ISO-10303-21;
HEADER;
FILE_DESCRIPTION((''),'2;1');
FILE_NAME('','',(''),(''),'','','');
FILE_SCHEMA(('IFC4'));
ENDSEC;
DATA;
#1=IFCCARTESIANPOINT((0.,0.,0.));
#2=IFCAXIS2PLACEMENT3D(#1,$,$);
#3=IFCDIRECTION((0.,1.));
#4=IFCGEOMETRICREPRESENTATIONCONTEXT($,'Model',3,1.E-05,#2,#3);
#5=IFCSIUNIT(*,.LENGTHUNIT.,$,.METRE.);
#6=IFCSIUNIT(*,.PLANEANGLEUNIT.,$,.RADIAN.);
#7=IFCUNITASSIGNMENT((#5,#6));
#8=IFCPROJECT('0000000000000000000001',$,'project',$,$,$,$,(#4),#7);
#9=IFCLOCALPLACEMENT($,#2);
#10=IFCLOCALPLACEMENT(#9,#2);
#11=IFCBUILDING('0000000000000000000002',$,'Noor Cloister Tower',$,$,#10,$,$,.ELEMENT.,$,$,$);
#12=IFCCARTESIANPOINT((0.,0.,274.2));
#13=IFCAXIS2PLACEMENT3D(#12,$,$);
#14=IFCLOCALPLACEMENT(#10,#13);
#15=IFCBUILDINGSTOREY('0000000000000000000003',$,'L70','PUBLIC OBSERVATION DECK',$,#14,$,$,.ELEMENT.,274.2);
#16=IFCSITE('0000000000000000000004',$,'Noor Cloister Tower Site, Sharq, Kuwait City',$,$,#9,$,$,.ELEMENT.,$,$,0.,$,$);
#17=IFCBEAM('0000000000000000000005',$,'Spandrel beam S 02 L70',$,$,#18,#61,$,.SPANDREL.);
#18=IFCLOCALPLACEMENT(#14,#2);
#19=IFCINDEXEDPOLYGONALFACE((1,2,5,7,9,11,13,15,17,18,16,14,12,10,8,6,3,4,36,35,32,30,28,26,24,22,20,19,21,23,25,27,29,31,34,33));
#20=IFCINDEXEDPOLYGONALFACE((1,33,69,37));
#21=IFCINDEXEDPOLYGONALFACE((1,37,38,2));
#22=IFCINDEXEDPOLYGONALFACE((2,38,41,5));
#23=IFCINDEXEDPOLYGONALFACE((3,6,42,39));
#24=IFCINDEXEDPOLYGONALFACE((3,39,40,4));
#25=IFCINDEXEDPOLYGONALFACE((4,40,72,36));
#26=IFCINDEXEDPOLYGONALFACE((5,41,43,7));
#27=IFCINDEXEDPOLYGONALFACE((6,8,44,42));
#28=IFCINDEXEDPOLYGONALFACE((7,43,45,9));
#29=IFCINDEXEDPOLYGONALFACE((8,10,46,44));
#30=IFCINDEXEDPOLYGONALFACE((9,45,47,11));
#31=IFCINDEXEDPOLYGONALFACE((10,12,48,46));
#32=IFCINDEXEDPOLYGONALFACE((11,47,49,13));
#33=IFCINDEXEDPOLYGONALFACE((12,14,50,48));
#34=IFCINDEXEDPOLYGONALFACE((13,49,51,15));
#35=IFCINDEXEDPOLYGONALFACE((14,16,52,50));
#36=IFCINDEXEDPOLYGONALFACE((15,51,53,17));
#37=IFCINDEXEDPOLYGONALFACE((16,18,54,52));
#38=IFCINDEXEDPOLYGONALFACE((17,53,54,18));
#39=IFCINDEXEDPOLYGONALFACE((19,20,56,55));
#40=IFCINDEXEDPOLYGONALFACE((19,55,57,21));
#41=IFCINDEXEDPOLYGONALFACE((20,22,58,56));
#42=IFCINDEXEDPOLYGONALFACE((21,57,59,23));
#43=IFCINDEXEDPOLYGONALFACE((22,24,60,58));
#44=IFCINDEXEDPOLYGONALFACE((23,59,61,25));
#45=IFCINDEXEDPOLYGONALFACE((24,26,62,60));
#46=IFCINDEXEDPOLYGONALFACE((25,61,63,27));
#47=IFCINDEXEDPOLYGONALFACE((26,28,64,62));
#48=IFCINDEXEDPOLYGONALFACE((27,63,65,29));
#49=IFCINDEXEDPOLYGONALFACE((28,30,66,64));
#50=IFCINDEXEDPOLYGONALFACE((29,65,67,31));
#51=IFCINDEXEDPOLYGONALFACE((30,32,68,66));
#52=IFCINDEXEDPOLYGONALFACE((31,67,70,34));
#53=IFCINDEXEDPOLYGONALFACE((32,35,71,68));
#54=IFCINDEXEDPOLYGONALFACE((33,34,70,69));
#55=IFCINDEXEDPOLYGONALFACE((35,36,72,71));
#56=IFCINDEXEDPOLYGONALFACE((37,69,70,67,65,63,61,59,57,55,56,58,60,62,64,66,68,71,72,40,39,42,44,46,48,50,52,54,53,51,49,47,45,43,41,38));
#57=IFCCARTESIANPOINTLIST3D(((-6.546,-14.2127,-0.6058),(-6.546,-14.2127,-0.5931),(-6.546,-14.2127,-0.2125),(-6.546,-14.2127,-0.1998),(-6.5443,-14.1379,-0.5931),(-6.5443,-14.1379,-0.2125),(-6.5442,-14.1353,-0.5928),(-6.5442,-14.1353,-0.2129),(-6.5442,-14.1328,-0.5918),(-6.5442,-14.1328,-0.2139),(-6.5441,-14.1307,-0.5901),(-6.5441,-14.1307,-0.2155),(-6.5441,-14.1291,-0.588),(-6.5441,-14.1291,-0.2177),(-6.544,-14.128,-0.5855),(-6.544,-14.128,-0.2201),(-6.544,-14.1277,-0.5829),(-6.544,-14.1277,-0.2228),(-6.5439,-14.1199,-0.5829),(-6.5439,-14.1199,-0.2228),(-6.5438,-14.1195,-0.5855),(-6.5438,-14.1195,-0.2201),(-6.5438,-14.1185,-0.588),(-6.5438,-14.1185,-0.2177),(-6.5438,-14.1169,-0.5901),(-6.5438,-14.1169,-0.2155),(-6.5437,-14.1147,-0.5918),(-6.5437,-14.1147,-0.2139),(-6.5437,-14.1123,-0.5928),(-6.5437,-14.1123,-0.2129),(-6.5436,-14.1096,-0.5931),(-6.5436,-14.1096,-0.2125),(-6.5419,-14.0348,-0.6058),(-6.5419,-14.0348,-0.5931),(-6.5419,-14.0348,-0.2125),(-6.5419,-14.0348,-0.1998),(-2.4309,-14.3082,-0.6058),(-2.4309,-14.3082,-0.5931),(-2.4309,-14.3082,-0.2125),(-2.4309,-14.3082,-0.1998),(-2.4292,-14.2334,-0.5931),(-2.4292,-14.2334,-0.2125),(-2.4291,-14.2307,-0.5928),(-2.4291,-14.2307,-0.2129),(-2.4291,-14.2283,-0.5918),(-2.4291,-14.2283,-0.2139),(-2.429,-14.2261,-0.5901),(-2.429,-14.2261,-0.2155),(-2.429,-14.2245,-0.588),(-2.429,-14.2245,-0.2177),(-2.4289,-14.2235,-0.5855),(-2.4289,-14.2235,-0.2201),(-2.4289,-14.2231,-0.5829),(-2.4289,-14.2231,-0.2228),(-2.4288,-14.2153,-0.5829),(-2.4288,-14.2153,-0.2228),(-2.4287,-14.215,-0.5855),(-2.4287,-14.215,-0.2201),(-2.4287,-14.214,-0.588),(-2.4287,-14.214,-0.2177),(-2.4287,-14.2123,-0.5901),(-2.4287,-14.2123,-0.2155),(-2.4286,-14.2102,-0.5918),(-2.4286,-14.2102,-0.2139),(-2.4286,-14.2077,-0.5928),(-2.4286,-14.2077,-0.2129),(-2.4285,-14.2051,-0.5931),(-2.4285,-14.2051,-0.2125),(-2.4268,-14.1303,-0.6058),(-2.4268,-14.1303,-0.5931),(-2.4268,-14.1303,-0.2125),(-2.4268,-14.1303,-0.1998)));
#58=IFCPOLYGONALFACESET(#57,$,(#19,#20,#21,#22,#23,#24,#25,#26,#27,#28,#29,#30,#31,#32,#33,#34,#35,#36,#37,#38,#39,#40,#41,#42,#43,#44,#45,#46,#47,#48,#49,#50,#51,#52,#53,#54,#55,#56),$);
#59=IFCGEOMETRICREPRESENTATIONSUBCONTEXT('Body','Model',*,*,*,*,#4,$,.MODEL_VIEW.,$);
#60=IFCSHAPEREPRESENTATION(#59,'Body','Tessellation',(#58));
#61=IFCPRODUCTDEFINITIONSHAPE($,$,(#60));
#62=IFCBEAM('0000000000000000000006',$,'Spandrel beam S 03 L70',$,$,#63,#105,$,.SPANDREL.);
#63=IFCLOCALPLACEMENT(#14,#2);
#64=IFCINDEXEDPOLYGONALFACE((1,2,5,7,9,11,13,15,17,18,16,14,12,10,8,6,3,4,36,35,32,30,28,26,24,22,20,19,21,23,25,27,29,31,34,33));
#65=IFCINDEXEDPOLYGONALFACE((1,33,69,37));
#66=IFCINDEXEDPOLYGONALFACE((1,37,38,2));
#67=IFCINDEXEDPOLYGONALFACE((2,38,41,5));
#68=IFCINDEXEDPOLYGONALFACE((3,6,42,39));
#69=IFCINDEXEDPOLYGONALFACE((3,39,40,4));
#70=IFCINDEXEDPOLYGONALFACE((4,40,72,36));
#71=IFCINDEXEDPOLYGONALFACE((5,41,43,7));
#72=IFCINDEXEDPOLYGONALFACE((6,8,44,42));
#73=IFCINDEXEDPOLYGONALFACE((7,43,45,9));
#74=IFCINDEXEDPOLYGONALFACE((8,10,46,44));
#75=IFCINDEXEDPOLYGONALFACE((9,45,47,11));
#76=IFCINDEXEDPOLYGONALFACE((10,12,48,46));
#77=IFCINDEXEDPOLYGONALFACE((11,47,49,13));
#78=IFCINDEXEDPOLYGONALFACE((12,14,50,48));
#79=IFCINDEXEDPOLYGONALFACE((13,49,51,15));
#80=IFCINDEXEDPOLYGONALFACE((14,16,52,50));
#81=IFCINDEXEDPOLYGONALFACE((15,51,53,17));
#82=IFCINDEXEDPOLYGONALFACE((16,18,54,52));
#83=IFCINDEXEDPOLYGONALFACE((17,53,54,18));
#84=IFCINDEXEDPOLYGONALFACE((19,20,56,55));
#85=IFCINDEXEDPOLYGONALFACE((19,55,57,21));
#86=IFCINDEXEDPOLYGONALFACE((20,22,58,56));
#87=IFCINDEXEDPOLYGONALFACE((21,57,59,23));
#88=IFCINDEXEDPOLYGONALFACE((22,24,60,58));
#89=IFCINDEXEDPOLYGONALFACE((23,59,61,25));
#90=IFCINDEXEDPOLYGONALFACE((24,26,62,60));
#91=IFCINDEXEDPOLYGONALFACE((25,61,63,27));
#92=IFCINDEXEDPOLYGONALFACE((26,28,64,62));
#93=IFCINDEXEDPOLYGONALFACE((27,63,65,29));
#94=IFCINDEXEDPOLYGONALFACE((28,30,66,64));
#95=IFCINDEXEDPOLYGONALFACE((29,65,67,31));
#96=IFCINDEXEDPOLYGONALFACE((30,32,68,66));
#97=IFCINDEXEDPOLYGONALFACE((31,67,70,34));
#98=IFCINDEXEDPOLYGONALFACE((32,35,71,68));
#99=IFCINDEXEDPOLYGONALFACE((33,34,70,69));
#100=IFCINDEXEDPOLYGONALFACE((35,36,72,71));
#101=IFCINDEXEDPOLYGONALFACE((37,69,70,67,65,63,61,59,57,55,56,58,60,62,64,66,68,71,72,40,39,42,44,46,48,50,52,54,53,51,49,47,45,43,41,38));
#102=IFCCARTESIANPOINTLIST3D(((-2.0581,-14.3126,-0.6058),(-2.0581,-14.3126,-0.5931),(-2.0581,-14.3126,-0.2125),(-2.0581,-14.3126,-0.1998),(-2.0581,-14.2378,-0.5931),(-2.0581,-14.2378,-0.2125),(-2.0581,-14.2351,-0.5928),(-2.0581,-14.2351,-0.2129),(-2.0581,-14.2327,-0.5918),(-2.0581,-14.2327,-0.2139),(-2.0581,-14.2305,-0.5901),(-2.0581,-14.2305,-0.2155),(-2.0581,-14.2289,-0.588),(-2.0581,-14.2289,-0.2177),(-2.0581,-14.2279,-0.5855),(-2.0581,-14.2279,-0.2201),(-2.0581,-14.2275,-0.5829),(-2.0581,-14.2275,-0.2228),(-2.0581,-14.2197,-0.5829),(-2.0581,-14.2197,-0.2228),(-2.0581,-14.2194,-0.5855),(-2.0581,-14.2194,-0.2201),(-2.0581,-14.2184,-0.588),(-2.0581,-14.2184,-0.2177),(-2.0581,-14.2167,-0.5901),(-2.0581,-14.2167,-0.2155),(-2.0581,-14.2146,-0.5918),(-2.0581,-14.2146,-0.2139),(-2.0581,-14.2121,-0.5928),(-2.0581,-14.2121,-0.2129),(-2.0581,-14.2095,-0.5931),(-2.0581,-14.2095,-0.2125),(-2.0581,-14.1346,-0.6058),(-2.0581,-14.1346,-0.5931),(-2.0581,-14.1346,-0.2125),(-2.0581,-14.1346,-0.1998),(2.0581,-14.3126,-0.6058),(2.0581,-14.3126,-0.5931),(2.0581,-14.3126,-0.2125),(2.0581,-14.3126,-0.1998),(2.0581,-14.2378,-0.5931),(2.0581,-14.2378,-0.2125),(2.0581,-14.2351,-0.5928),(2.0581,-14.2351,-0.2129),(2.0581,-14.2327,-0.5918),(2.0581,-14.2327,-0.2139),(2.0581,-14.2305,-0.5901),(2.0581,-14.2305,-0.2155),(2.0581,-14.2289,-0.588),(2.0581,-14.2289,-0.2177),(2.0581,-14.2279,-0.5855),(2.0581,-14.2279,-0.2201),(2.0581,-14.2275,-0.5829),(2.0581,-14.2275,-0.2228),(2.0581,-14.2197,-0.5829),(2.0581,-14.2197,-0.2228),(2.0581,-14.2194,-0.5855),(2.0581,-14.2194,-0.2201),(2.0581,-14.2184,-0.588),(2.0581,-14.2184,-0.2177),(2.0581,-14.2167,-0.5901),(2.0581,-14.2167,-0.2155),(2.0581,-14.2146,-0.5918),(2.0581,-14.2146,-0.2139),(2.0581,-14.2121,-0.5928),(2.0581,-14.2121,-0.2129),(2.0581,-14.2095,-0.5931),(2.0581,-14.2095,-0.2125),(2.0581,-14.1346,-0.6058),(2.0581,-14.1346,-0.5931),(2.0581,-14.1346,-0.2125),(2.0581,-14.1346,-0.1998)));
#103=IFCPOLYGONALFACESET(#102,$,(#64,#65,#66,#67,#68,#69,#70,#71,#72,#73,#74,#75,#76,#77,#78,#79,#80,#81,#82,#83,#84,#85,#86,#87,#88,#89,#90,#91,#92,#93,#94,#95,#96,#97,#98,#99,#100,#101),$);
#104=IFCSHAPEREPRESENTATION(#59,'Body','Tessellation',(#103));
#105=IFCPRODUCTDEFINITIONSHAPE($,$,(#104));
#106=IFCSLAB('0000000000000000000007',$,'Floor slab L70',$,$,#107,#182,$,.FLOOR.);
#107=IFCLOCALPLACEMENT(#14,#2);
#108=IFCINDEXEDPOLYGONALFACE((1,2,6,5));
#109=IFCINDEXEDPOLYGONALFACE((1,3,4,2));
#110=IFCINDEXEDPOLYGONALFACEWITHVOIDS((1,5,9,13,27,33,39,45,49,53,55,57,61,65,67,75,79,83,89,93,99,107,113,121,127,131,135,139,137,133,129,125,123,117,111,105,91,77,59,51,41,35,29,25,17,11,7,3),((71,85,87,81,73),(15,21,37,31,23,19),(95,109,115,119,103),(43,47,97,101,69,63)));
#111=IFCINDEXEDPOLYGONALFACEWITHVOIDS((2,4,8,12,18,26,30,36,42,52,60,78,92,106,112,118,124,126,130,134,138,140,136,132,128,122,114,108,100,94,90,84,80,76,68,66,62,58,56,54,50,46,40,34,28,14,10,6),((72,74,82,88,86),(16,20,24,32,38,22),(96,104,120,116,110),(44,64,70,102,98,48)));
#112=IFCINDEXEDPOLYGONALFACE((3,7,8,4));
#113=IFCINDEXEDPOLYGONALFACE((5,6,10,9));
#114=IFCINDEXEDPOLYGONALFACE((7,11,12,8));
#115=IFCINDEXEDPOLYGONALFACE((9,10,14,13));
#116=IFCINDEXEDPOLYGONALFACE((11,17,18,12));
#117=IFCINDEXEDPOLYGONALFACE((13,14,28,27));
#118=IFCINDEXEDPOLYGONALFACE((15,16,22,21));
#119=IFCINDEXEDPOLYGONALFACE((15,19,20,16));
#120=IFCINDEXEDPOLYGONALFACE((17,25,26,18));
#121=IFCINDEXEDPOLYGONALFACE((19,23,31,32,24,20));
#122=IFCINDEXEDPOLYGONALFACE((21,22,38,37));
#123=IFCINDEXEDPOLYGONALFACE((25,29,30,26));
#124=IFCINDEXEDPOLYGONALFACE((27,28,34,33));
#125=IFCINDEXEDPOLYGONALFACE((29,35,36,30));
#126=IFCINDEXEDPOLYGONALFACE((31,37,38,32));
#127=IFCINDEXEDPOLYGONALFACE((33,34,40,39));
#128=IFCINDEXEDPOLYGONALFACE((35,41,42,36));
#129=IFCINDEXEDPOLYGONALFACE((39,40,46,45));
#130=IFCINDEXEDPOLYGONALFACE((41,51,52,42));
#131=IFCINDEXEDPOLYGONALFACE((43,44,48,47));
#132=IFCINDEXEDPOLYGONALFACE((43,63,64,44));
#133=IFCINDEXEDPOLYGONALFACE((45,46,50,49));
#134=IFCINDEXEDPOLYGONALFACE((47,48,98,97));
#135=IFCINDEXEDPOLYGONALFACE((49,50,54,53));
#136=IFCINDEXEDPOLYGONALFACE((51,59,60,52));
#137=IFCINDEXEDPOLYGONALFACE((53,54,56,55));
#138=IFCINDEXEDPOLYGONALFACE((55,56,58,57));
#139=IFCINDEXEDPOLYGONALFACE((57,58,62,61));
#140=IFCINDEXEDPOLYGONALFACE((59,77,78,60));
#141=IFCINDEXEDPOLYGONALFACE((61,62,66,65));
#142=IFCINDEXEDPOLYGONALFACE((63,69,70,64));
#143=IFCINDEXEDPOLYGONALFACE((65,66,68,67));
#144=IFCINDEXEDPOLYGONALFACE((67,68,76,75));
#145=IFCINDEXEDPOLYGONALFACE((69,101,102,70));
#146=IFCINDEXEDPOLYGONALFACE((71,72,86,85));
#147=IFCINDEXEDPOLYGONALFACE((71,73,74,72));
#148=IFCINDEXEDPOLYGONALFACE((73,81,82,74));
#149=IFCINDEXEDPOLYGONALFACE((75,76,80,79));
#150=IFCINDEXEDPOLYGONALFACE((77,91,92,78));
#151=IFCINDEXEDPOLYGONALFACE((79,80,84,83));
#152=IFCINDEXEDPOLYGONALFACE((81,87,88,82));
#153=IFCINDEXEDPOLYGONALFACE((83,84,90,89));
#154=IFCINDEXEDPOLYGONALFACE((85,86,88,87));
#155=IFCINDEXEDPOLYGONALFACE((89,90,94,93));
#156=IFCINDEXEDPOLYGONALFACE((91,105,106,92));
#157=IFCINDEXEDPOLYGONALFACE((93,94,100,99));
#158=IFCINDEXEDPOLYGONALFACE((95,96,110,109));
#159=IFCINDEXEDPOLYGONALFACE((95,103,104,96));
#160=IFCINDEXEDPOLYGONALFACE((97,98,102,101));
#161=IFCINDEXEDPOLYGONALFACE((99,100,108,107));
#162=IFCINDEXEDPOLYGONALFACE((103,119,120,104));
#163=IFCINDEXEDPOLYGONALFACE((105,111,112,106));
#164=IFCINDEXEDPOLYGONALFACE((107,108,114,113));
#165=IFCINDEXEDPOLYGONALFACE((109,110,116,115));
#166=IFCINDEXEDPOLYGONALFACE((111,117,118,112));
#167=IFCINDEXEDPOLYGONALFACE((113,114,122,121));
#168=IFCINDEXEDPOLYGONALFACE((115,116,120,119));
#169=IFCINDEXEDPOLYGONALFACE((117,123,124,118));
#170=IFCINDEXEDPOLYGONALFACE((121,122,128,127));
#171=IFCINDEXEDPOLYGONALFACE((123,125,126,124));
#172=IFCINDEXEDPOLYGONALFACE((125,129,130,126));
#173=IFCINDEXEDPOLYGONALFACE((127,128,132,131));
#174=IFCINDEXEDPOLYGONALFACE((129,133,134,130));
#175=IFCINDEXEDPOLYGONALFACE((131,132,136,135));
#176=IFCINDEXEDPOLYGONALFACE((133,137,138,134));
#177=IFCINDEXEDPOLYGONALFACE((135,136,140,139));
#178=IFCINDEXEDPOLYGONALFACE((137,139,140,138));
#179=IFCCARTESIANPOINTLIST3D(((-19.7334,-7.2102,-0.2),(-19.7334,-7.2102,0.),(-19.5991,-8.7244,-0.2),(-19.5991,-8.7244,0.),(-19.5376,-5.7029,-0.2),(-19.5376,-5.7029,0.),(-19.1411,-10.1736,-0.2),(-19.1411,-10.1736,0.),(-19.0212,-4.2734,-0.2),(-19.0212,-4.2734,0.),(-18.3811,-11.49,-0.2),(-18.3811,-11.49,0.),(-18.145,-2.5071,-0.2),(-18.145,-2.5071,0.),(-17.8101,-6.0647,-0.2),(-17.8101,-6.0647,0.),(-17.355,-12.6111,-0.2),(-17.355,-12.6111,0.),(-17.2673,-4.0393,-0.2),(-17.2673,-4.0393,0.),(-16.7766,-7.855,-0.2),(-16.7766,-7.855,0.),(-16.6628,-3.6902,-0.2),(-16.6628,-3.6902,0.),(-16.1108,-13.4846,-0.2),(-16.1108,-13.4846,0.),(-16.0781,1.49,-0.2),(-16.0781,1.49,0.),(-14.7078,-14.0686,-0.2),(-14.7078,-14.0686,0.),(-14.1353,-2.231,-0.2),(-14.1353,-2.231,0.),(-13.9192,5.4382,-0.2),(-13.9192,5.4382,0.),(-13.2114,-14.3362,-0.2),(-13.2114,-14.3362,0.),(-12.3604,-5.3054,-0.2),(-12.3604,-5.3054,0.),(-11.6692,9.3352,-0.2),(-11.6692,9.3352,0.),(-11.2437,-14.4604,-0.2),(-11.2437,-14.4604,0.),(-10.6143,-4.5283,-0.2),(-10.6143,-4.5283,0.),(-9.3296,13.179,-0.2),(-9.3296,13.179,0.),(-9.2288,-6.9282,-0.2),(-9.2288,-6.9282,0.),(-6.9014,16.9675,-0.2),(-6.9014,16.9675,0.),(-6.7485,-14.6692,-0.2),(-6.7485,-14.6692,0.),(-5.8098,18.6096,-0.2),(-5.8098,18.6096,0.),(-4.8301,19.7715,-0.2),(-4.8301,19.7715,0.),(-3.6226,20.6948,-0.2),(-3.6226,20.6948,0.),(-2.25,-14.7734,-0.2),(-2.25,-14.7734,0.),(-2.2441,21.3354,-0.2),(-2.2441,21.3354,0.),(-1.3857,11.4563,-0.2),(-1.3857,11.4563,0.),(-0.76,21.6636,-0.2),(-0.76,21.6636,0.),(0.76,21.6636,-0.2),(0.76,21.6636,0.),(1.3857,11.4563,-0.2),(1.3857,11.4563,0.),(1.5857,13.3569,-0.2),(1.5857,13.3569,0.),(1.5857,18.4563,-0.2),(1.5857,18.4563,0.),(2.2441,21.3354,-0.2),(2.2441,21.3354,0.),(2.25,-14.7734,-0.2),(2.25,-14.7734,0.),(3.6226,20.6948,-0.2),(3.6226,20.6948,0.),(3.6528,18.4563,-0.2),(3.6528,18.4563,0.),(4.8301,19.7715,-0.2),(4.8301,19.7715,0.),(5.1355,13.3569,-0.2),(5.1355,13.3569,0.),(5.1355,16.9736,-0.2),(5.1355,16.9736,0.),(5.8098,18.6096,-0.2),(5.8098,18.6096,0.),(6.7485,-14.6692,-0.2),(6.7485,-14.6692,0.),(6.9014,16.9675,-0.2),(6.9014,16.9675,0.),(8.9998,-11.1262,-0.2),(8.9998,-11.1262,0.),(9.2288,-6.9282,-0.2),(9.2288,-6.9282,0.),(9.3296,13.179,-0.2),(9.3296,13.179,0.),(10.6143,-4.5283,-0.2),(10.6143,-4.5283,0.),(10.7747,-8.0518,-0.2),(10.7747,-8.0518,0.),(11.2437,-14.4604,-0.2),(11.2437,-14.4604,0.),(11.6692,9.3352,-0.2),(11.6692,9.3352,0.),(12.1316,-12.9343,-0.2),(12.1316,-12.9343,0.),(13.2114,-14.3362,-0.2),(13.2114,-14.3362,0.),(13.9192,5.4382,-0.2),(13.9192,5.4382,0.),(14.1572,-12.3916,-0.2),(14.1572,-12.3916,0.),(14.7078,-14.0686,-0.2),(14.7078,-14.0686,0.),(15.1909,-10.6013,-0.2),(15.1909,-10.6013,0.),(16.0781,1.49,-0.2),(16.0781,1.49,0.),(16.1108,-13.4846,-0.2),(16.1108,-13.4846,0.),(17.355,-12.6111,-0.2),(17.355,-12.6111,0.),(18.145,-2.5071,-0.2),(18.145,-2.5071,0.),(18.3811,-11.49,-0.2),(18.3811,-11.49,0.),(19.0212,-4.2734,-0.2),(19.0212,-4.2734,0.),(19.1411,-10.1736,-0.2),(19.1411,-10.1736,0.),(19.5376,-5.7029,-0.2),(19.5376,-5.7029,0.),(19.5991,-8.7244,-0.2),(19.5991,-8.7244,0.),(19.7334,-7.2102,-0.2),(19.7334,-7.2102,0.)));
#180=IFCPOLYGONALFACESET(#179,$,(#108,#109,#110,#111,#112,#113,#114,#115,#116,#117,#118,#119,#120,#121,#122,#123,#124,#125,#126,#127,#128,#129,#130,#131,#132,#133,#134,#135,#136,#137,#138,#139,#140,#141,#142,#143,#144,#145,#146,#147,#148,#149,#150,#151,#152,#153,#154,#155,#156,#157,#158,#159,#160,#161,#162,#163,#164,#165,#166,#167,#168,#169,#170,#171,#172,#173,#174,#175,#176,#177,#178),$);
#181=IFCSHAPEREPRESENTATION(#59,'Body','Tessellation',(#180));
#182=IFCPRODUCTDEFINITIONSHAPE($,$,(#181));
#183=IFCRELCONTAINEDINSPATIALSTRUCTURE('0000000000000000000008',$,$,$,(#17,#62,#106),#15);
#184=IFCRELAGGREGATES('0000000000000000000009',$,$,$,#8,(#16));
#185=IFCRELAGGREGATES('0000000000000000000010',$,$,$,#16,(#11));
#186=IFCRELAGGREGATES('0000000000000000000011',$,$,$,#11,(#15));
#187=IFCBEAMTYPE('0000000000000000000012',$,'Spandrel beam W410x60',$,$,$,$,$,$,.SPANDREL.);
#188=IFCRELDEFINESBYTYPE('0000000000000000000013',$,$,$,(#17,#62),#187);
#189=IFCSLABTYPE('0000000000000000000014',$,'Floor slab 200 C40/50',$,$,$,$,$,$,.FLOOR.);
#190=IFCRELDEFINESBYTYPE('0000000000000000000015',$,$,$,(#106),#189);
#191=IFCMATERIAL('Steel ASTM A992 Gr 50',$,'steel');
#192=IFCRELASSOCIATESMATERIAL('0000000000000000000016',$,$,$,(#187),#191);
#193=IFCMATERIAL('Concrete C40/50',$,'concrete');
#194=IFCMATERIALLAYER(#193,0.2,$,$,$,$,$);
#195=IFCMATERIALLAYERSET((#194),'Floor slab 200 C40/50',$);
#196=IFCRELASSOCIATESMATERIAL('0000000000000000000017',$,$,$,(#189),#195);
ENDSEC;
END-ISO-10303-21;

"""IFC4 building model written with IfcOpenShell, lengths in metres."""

from ifc_helpers import new_model, si_unit, direction, frame, origin, origin_2d, place, context, subcontext, project, spatial, polyline, i_section, outline, extrude, material, layer, layer_set, material_profile, profile_set, type_object, element, save


model = new_model("IFC4")

# Units and contexts
model_context = context("Model", 3, precision=1e-05, world=origin(), true_north=direction((0.0, 1.0)))
body_context = subcontext(model_context, "Body", "Model", "MODEL_VIEW")
ifc_project = project(units=[si_unit("LENGTHUNIT", "METRE"), si_unit("PLANEANGLEUNIT", "RADIAN")], contexts=[model_context])

# Site, building, storey
site_placement = place(None, origin())
site = spatial("IfcSite", under=ifc_project, at=site_placement, Name="Noor Cloister Tower Site, Sharq, Kuwait City", CompositionType="ELEMENT", RefElevation=0.0)
building_placement = place(site_placement, origin())
building = spatial("IfcBuilding", under=site, at=building_placement, Name="Noor Cloister Tower", CompositionType="ELEMENT")
storey_placement = place(building_placement, frame((0.0, 0.0, 274.2)))
storey = spatial("IfcBuildingStorey", under=building, at=storey_placement, Name="L70", Description="PUBLIC OBSERVATION DECK", CompositionType="ELEMENT", Elevation=274.2)

# Beams
ifc_material_1 = material(Name="Steel ASTM A992 Gr 50", Category="steel")
ifc_material_profile_1 = material_profile(ifc_material_1, i_section(OverallWidth=0.178, OverallDepth=0.406, WebThickness=0.0078, FlangeThickness=0.0127, FilletRadius=0.0103, at=origin_2d()), Name="W410x60")
ifc_profile_set_1 = profile_set([ifc_material_profile_1], Name="Steel ASTM A992 Gr 50")
beam_type_1 = type_object("IfcBeamType", Name="Spandrel beam W410x60", PredefinedType="SPANDREL", material=ifc_profile_set_1)
for number, where, z_axis, x_axis, name in (
    (1, (-6.5439, -14.1238, -0.4028), (0.999731, -0.023192, 0.0), (0.023192, 0.999731, 0.0), "Spandrel beam S 02 L70"),
    (2, (-2.0581, -14.2236, -0.4028), (1.0, 0.0, 0.0), (0.0, 1.0, 0.0), "Spandrel beam S 03 L70"),
):
    element("IfcBeam", number, at=place(storey_placement, frame(where, z_axis=z_axis, x_axis=x_axis)), inside=storey, type_object=beam_type_1, Name=name, PredefinedType="SPANDREL", context=body_context, shape_type="SweptSolid", body=[
        extrude(i_section(OverallWidth=0.178, OverallDepth=0.406, WebThickness=0.0078, FlangeThickness=0.0127, FilletRadius=0.0103, at=origin_2d()), origin(), (0.0, 0.0, 1.0), 4.1162),
    ])

# Slab
ifc_material_2 = material(Name="Concrete C40/50", Category="concrete")
ifc_layer_1 = layer(ifc_material_2, 0.2)
ifc_layer_set_1 = layer_set([ifc_layer_1], Name="Floor slab 200 C40/50")
slab_type_1 = type_object("IfcSlabType", Name="Floor slab 200 C40/50", PredefinedType="FLOOR", material=ifc_layer_set_1)
slab_1_placement = place(storey_placement, frame((0.0, 0.0, -0.2)))
element("IfcSlab", 3, at=slab_1_placement, inside=storey, type_object=slab_type_1, Name="Floor slab L70", PredefinedType="FLOOR", context=body_context, shape_type="SweptSolid", body=[
    extrude(outline(polyline([(5.8098, 18.6096), (4.8301, 19.7715), (3.6226, 20.6948), (2.2441, 21.3354), (0.76, 21.6636), (-0.76, 21.6636), (-2.2441, 21.3354), (-3.6226, 20.6948), (-4.8301, 19.7715), (-5.8098, 18.6096), (-6.9014, 16.9675), (-9.3296, 13.179), (-11.6692, 9.3352), (-13.9192, 5.4382), (-16.0781, 1.49), (-18.145, -2.5071), (-19.0212, -4.2734), (-19.5376, -5.7029), (-19.7334, -7.2102), (-19.5991, -8.7244), (-19.1411, -10.1736), (-18.3811, -11.49), (-17.355, -12.6111), (-16.1108, -13.4846), (-14.7078, -14.0686), (-13.2114, -14.3362), (-11.2437, -14.4604), (-6.7485, -14.6692), (-2.25, -14.7734), (2.25, -14.7734), (6.7485, -14.6692), (11.2437, -14.4604), (13.2114, -14.3362), (14.7078, -14.0686), (16.1108, -13.4846), (17.355, -12.6111), (18.3811, -11.49), (19.1411, -10.1736), (19.5991, -8.7244), (19.7334, -7.2102), (19.5376, -5.7029), (19.0212, -4.2734), (18.145, -2.5071), (16.0781, 1.49), (13.9192, 5.4382), (11.6692, 9.3352), (9.3296, 13.179), (6.9014, 16.9675), (5.8098, 18.6096)]), holes=[polyline([(8.9998, -11.1262), (12.1316, -12.9343), (14.1572, -12.3916), (15.1909, -10.6013), (10.7747, -8.0518), (8.9998, -11.1262)]), polyline([(-17.8101, -6.0647), (-16.7766, -7.855), (-12.3604, -5.3054), (-14.1353, -2.231), (-16.6628, -3.6902), (-17.2673, -4.0393), (-17.8101, -6.0647)]), polyline([(-10.6143, -4.5283), (-9.2288, -6.9282), (9.2288, -6.9282), (10.6143, -4.5283), (1.3857, 11.4563), (-1.3857, 11.4563), (-10.6143, -4.5283)]), polyline([(3.6528, 18.4563), (1.5857, 18.4563), (1.5857, 13.3569), (5.1355, 13.3569), (5.1355, 16.9736), (3.6528, 18.4563)])]), origin(), (0.0, 0.0, 1.0), 0.2),
])

save(model, "model.ifc")
